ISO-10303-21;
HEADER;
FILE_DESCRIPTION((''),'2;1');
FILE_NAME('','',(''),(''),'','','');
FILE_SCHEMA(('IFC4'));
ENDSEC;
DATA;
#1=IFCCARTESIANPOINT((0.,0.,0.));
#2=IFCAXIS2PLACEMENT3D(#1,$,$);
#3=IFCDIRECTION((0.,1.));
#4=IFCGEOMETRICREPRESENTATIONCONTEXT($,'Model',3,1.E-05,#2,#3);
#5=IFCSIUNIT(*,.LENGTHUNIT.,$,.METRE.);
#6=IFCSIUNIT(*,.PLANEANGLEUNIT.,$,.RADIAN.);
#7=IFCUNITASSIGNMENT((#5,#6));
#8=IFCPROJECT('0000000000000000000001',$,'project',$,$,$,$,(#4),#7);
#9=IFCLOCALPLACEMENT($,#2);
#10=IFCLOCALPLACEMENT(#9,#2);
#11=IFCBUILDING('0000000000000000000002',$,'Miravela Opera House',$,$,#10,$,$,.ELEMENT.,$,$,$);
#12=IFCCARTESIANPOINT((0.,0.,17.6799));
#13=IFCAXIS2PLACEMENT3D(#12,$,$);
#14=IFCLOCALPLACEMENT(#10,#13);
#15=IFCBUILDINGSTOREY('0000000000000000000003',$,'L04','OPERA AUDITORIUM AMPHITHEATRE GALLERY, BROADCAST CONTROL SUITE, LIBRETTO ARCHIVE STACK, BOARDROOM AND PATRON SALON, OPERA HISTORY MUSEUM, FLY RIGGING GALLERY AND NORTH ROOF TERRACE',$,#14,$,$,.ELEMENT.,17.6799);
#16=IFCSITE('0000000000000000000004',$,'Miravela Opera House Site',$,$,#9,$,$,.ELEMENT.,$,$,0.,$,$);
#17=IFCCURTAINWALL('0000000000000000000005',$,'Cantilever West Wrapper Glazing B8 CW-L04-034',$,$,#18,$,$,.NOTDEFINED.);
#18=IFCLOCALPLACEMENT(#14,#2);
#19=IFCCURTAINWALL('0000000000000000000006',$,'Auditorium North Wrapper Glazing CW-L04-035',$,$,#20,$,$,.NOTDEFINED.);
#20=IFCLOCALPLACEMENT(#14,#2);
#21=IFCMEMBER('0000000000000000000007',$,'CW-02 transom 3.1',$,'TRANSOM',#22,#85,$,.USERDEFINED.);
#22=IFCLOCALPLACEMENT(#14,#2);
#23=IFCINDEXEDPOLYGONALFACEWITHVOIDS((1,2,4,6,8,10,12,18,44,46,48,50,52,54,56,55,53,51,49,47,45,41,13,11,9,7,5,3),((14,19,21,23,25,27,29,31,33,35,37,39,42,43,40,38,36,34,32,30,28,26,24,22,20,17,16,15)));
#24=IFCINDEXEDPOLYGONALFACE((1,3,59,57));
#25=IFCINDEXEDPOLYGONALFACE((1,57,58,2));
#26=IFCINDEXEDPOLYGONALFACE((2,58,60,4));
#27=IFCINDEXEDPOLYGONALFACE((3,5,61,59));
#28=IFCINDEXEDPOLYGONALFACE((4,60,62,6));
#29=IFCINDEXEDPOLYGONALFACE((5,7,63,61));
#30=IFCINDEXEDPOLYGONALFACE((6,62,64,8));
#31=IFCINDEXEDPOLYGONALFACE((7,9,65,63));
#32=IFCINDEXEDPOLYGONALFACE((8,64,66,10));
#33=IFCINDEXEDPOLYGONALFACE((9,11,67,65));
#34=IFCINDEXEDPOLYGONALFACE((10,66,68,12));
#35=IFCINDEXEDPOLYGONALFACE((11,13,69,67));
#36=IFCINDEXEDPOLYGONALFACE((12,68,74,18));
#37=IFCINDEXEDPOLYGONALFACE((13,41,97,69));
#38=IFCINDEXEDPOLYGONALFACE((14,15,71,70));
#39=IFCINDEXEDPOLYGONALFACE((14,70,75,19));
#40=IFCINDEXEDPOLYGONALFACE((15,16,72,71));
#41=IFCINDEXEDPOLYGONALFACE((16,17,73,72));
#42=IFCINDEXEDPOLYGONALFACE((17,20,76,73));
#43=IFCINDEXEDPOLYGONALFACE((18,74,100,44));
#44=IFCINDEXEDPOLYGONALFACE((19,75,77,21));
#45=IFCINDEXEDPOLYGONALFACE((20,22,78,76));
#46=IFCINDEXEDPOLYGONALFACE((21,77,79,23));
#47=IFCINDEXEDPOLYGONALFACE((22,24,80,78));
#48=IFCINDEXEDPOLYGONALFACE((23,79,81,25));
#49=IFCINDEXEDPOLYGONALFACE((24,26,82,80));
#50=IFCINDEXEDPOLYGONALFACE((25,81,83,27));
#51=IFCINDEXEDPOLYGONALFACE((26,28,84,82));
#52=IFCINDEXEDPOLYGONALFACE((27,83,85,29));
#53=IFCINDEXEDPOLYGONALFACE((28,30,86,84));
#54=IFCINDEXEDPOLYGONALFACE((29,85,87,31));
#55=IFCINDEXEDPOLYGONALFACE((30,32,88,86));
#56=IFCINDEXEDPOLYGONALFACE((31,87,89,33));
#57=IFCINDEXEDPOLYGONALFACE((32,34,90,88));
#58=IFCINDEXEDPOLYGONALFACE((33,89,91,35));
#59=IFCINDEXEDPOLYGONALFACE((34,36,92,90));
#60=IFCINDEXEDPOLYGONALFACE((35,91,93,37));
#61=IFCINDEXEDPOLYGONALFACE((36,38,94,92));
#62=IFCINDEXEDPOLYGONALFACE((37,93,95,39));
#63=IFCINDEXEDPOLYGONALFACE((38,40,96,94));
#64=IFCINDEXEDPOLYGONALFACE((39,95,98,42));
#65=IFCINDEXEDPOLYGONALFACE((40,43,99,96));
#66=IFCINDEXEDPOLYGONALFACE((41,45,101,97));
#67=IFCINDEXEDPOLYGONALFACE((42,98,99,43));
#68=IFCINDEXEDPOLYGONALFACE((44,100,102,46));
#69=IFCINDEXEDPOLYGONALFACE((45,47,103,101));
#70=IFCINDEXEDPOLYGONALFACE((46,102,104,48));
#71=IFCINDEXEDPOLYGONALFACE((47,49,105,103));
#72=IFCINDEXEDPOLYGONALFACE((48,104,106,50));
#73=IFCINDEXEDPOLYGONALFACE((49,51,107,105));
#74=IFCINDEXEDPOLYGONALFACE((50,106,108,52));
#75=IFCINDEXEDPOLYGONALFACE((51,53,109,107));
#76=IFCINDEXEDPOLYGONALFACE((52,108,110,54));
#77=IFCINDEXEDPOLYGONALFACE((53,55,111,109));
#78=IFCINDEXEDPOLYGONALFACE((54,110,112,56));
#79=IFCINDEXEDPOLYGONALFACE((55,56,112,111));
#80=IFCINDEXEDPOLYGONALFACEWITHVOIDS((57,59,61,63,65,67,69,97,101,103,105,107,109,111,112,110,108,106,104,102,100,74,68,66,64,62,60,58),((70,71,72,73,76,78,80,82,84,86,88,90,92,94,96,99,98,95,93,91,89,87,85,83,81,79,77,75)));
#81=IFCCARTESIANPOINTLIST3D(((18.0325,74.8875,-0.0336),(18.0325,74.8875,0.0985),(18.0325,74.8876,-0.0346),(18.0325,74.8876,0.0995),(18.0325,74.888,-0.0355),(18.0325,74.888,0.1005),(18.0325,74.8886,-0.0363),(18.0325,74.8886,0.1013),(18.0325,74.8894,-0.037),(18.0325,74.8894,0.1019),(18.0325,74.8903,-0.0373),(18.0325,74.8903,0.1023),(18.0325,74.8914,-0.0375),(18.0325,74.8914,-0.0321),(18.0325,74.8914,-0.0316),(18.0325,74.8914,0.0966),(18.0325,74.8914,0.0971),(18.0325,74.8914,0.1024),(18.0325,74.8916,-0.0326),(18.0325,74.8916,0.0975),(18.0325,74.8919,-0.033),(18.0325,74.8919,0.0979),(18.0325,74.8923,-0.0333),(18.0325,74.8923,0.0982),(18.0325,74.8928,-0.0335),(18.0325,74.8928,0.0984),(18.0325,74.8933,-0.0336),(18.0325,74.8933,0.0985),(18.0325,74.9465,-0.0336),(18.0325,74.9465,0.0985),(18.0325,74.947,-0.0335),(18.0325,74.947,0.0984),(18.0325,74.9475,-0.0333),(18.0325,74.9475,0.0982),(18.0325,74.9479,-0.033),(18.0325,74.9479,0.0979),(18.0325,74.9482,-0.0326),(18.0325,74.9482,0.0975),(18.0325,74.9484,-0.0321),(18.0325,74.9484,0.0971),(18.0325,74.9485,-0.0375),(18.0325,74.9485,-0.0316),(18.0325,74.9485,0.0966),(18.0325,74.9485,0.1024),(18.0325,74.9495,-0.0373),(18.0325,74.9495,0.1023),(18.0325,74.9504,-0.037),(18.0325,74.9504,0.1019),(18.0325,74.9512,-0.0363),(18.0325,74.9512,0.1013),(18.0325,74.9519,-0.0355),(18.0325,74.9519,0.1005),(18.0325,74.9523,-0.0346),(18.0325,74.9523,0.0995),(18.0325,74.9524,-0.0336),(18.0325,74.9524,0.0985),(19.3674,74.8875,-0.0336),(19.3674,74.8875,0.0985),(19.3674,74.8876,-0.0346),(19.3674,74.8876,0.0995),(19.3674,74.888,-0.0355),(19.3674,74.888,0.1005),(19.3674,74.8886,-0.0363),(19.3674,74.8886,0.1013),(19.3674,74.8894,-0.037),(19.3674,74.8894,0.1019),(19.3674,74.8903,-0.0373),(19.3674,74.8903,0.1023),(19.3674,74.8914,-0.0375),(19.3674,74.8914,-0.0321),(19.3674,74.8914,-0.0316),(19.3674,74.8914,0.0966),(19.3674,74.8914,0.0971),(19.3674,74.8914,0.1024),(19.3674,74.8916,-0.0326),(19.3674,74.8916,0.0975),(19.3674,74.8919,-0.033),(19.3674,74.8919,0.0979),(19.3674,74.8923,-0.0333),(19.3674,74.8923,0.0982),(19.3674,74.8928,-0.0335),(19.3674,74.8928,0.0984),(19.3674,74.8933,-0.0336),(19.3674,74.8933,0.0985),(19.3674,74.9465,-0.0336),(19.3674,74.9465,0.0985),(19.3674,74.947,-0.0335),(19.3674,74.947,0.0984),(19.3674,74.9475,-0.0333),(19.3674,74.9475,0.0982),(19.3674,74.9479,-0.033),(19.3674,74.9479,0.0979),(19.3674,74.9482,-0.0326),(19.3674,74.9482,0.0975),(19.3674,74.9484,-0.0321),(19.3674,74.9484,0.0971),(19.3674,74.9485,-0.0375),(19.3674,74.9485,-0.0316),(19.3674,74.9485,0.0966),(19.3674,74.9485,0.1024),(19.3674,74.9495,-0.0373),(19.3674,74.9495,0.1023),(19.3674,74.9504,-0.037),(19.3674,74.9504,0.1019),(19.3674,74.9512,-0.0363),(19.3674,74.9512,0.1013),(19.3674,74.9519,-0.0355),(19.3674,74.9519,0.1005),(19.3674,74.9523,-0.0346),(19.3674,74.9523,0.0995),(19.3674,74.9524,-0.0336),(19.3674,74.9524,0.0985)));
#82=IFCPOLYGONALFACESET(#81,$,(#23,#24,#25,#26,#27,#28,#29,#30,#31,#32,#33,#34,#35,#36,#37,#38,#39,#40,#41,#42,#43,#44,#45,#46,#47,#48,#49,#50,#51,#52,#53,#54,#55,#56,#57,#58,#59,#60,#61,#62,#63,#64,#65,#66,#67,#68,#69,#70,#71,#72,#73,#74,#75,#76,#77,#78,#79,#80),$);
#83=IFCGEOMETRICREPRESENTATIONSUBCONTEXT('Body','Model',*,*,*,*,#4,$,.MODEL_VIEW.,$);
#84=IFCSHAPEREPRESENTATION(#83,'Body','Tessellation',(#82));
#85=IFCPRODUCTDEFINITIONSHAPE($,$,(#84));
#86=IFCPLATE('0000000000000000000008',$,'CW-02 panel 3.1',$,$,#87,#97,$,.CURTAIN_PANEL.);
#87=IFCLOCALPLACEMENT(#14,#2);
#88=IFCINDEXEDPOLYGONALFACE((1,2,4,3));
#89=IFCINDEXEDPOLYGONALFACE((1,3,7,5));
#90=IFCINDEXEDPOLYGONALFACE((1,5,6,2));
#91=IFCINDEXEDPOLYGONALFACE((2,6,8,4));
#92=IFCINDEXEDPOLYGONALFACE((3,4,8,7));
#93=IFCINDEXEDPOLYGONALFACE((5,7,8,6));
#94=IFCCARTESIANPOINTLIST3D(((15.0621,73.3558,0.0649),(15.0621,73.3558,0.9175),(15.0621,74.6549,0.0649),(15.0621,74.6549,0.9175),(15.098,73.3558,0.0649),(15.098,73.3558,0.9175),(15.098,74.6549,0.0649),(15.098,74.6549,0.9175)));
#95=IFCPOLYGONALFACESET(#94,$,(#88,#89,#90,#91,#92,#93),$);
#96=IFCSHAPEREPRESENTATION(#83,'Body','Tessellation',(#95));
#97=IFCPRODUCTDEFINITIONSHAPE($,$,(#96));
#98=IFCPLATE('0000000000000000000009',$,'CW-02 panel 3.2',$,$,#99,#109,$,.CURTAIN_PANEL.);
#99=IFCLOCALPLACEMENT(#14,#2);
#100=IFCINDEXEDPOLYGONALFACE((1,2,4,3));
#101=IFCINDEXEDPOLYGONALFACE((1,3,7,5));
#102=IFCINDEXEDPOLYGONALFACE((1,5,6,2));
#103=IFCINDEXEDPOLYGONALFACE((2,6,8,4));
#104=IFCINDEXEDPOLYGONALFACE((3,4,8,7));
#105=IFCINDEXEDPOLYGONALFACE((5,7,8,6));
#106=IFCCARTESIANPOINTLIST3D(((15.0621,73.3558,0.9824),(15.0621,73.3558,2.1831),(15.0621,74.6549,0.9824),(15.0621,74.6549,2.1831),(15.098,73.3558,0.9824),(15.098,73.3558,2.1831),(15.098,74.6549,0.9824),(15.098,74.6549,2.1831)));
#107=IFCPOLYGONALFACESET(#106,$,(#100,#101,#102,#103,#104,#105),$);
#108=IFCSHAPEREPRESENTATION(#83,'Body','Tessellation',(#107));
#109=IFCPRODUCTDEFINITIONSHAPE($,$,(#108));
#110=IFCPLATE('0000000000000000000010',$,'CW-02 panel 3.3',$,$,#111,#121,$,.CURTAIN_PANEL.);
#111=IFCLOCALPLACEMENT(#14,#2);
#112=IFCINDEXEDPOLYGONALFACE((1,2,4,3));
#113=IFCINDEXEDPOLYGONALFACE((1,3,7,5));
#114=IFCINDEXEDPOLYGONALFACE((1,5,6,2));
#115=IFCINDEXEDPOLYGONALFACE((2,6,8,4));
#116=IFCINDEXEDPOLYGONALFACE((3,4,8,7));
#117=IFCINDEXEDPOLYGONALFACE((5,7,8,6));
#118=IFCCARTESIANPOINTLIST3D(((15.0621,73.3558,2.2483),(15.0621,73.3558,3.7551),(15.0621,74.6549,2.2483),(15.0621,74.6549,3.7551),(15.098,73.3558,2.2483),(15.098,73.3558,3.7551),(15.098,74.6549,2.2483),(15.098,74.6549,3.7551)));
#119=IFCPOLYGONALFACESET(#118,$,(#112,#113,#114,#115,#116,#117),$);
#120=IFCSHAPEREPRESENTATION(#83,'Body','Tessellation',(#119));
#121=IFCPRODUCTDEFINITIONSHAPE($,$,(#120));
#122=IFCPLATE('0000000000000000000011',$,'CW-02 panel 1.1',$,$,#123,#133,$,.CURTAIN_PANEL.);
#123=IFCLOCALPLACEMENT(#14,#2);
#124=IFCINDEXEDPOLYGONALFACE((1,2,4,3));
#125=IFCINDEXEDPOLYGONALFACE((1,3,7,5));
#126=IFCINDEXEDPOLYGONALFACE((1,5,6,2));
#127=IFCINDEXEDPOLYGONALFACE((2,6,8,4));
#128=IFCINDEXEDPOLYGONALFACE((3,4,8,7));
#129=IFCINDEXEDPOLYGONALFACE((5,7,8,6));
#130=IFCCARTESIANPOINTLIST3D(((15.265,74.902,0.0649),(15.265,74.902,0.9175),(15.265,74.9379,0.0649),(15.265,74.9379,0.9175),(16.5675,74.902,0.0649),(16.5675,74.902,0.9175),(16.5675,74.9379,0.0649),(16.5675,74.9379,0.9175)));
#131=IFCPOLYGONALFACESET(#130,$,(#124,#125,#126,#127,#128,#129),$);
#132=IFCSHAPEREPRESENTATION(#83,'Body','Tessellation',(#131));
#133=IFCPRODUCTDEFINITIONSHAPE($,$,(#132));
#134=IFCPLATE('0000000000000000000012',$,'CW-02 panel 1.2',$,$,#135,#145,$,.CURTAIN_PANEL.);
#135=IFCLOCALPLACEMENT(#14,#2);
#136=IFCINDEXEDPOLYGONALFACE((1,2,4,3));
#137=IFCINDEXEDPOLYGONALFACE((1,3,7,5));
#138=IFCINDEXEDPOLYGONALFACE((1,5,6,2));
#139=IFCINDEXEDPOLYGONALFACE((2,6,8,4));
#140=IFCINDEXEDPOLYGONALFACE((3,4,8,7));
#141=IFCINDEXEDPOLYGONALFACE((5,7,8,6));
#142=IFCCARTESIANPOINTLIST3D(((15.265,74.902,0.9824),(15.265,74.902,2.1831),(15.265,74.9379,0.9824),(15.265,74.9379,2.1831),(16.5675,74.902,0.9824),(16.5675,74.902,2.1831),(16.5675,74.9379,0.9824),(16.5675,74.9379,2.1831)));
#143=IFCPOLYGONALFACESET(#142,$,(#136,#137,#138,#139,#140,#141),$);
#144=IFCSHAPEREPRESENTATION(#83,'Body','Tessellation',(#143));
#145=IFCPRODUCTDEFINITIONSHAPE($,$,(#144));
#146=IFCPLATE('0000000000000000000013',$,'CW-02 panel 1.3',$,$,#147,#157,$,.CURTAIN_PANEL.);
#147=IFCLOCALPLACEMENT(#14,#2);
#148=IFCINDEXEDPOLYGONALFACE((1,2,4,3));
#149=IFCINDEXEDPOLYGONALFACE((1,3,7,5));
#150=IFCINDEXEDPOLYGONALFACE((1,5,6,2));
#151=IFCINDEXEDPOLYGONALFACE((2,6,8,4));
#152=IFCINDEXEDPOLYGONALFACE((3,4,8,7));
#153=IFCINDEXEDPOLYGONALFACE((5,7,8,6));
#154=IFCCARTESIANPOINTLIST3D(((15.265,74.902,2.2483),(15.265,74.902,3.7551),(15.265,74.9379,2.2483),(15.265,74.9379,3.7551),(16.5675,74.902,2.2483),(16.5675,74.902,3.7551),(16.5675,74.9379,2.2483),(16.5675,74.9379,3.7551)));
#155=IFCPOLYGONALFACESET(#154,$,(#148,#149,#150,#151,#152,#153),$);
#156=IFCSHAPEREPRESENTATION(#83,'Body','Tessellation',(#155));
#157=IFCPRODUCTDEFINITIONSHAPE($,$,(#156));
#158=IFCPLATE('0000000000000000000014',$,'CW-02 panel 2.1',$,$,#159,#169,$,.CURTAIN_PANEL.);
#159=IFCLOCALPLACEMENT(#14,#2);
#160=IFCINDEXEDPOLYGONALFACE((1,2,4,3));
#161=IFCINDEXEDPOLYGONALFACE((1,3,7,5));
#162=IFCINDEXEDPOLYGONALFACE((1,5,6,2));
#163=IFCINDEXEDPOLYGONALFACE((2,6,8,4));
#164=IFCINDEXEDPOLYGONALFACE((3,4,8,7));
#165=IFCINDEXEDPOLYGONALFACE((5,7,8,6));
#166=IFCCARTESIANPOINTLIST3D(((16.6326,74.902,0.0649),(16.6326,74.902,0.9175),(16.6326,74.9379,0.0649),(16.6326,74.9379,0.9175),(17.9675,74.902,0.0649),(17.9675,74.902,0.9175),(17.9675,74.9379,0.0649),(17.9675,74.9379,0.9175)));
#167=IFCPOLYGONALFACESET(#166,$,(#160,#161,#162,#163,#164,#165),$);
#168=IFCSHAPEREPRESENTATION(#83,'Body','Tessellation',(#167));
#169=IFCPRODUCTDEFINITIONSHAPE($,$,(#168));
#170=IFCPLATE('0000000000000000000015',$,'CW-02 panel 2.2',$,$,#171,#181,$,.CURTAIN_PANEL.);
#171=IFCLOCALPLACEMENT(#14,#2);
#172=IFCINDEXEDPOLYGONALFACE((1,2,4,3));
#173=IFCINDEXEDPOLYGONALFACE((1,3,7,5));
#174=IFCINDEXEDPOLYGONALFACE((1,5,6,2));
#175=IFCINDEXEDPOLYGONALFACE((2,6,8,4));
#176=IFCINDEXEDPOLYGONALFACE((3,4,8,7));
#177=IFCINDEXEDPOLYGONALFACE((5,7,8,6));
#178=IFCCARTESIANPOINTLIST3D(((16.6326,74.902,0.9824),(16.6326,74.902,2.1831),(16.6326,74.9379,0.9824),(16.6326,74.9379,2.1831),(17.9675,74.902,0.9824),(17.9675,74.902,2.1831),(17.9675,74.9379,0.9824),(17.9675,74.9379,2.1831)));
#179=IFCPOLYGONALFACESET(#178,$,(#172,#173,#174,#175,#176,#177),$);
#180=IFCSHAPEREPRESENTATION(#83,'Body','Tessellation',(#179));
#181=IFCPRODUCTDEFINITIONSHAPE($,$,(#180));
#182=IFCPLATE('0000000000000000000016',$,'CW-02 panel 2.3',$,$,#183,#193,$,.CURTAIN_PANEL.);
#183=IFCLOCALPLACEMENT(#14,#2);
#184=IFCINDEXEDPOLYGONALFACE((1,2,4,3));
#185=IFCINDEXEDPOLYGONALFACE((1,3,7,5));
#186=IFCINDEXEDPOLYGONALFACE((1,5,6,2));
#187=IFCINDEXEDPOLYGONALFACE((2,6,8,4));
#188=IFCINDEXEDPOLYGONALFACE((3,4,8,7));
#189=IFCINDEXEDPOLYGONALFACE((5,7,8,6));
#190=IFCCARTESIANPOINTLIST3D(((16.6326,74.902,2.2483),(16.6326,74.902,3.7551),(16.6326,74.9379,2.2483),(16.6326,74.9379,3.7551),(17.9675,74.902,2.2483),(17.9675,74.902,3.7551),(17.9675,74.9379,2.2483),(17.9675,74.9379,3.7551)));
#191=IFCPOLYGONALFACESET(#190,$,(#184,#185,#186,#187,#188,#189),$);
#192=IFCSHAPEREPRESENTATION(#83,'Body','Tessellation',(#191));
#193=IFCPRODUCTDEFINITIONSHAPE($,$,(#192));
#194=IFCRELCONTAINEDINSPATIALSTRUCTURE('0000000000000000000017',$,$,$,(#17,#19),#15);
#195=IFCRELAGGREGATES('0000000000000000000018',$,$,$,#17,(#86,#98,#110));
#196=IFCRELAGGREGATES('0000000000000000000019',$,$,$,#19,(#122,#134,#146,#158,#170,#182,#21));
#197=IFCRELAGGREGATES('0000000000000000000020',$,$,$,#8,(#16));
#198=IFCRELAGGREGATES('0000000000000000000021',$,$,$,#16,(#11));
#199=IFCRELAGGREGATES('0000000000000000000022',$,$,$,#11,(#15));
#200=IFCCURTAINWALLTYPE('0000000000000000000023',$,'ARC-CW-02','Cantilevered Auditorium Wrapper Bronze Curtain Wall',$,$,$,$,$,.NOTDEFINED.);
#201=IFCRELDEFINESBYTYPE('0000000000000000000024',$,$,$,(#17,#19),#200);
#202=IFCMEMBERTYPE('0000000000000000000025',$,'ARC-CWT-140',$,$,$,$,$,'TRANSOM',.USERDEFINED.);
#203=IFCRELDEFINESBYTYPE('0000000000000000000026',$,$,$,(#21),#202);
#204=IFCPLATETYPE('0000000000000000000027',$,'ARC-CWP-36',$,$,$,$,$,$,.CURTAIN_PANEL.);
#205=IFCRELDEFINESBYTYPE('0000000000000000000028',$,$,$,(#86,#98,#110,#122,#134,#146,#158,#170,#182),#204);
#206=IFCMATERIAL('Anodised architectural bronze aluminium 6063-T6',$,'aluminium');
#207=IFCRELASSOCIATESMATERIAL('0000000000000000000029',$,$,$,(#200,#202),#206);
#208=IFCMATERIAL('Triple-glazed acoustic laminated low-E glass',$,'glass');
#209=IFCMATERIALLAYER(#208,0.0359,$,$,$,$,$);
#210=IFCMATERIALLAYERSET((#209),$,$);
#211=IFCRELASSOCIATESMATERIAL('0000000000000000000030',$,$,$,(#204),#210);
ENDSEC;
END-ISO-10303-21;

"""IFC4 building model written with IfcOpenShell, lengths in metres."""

from ifc_helpers import new_model, si_unit, direction, frame, origin, origin_2d, place, context, subcontext, project, spatial, rectangle, hollow_rectangle, extrude, material, layer, layer_set, material_profile, profile_set, type_object, element, aggregate, save


model = new_model("IFC4")

# Units and contexts
model_context = context("Model", 3, precision=1e-05, world=origin(), true_north=direction((0.0, 1.0)))
body_context = subcontext(model_context, "Body", "Model", "MODEL_VIEW")
ifc_project = project(units=[si_unit("LENGTHUNIT", "METRE"), si_unit("PLANEANGLEUNIT", "RADIAN")], contexts=[model_context])

# Site, building, storey
site_placement = place(None, origin())
site = spatial("IfcSite", under=ifc_project, at=site_placement, Name="Miravela Opera House Site", CompositionType="ELEMENT", RefElevation=0.0)
building_placement = place(site_placement, origin())
building = spatial("IfcBuilding", under=site, at=building_placement, Name="Miravela Opera House", CompositionType="ELEMENT")
storey_placement = place(building_placement, frame((0.0, 0.0, 17.6799)))
storey = spatial("IfcBuildingStorey", under=building, at=storey_placement, Name="L04", Description="OPERA AUDITORIUM AMPHITHEATRE GALLERY, BROADCAST CONTROL SUITE, LIBRETTO ARCHIVE STACK, BOARDROOM AND PATRON SALON, OPERA HISTORY MUSEUM, FLY RIGGING GALLERY AND NORTH ROOF TERRACE", CompositionType="ELEMENT", Elevation=17.6799)

# Curtain wall
ifc_material_1 = material(Name="Anodised architectural bronze aluminium 6063-T6", Category="aluminium")
curtain_wall_type = type_object("IfcCurtainWallType", Name="ARC-CW-02", Description="Cantilevered Auditorium Wrapper Bronze Curtain Wall", PredefinedType="NOTDEFINED", material=ifc_material_1)
curtain_wall_1_placement = place(storey_placement, origin())
curtain_wall_1 = element("IfcCurtainWall", 1, at=curtain_wall_1_placement, inside=storey, type_object=curtain_wall_type, Name="Cantilever West Wrapper Glazing B8 CW-L04-034", PredefinedType="NOTDEFINED")

# Curtain wall
curtain_wall_2_placement = place(storey_placement, origin())
curtain_wall_2 = element("IfcCurtainWall", 2, at=curtain_wall_2_placement, inside=storey, type_object=curtain_wall_type, Name="Auditorium North Wrapper Glazing CW-L04-035", PredefinedType="NOTDEFINED")

# Member
ifc_material_profile_1 = material_profile(ifc_material_1, hollow_rectangle(XDim=0.0649, YDim=0.1399, WallThickness=0.0039, InnerFilletRadius=0.002, OuterFilletRadius=0.0039, at=origin_2d()), Name="CWT-65X140")
ifc_profile_set_1 = profile_set([ifc_material_profile_1])
member_type_1 = type_object("IfcMemberType", Name="ARC-CWT-140", ElementType="TRANSOM", PredefinedType="USERDEFINED", material=ifc_profile_set_1)
member_1_placement = place(storey_placement, frame((18.0325, 74.9199, 0.0325), z_axis=(1.0, 0.0, 0.0), x_axis=(0.0, 1.0, 0.0)))
member_1 = element("IfcMember", 3, at=member_1_placement, type_object=member_type_1, Name="CW-02 transom 3.1", ObjectType="TRANSOM", PredefinedType="USERDEFINED", context=body_context, shape_type="SweptSolid", body=[
    extrude(hollow_rectangle(XDim=0.0649, YDim=0.1399, WallThickness=0.0039, InnerFilletRadius=0.002, OuterFilletRadius=0.0039, at=origin_2d()), origin(), (0.0, 0.0, 1.0), 1.335),
])

# Plates
ifc_material_2 = material(Name="Triple-glazed acoustic laminated low-E glass", Category="glass")
ifc_layer = layer(ifc_material_2, 0.0359)
ifc_layer_set = layer_set([ifc_layer])
plate_type = type_object("IfcPlateType", Name="ARC-CWP-36", PredefinedType="CURTAIN_PANEL", material=ifc_layer_set)
plate_1_placement = place(storey_placement, frame((15.0801, 74.0054, 0.0649), z_axis=(0.0, 0.0, 1.0), x_axis=(0.0, 1.0, 0.0)))
plate_1 = element("IfcPlate", 4, at=plate_1_placement, type_object=plate_type, Name="CW-02 panel 3.1", PredefinedType="CURTAIN_PANEL", context=body_context, shape_type="SweptSolid", body=[
    extrude(rectangle(XDim=1.2991, YDim=0.0359, at=origin_2d()), origin(), (0.0, 0.0, 1.0), 0.8525),
])
plate_2_placement = place(storey_placement, frame((15.0801, 74.0054, 0.9824), z_axis=(0.0, 0.0, 1.0), x_axis=(0.0, 1.0, 0.0)))
plate_2 = element("IfcPlate", 5, at=plate_2_placement, type_object=plate_type, Name="CW-02 panel 3.2", PredefinedType="CURTAIN_PANEL", context=body_context, shape_type="SweptSolid", body=[
    extrude(rectangle(XDim=1.2991, YDim=0.0359, at=origin_2d()), origin(), (0.0, 0.0, 1.0), 1.2007),
])
plate_3_placement = place(storey_placement, frame((15.0801, 74.0054, 2.2483), z_axis=(0.0, 0.0, 1.0), x_axis=(0.0, 1.0, 0.0)))
plate_3 = element("IfcPlate", 6, at=plate_3_placement, type_object=plate_type, Name="CW-02 panel 3.3", PredefinedType="CURTAIN_PANEL", context=body_context, shape_type="SweptSolid", body=[
    extrude(rectangle(XDim=1.2991, YDim=0.0359, at=origin_2d()), origin(), (0.0, 0.0, 1.0), 1.5068),
])
aggregate(curtain_wall_1, [plate_1, plate_2, plate_3])
plate_4_placement = place(storey_placement, frame((15.9163, 74.9199, 0.0649), z_axis=(0.0, 0.0, 1.0), x_axis=(1.0, 0.0, 0.0)))
plate_4 = element("IfcPlate", 7, at=plate_4_placement, type_object=plate_type, Name="CW-02 panel 1.1", PredefinedType="CURTAIN_PANEL", context=body_context, shape_type="SweptSolid", body=[
    extrude(rectangle(XDim=1.3025, YDim=0.0359, at=origin_2d()), origin(), (0.0, 0.0, 1.0), 0.8525),
])
plate_5_placement = place(storey_placement, frame((15.9163, 74.9199, 0.9824), z_axis=(0.0, 0.0, 1.0), x_axis=(1.0, 0.0, 0.0)))
plate_5 = element("IfcPlate", 8, at=plate_5_placement, type_object=plate_type, Name="CW-02 panel 1.2", PredefinedType="CURTAIN_PANEL", context=body_context, shape_type="SweptSolid", body=[
    extrude(rectangle(XDim=1.3025, YDim=0.0359, at=origin_2d()), origin(), (0.0, 0.0, 1.0), 1.2007),
])
plate_6_placement = place(storey_placement, frame((15.9163, 74.9199, 2.2483), z_axis=(0.0, 0.0, 1.0), x_axis=(1.0, 0.0, 0.0)))
plate_6 = element("IfcPlate", 9, at=plate_6_placement, type_object=plate_type, Name="CW-02 panel 1.3", PredefinedType="CURTAIN_PANEL", context=body_context, shape_type="SweptSolid", body=[
    extrude(rectangle(XDim=1.3025, YDim=0.0359, at=origin_2d()), origin(), (0.0, 0.0, 1.0), 1.5068),
])
plate_7_placement = place(storey_placement, frame((17.3, 74.9199, 0.0649), z_axis=(0.0, 0.0, 1.0), x_axis=(1.0, 0.0, 0.0)))
plate_7 = element("IfcPlate", 10, at=plate_7_placement, type_object=plate_type, Name="CW-02 panel 2.1", PredefinedType="CURTAIN_PANEL", context=body_context, shape_type="SweptSolid", body=[
    extrude(rectangle(XDim=1.335, YDim=0.0359, at=origin_2d()), origin(), (0.0, 0.0, 1.0), 0.8525),
])
plate_8_placement = place(storey_placement, frame((17.3, 74.9199, 0.9824), z_axis=(0.0, 0.0, 1.0), x_axis=(1.0, 0.0, 0.0)))
plate_8 = element("IfcPlate", 11, at=plate_8_placement, type_object=plate_type, Name="CW-02 panel 2.2", PredefinedType="CURTAIN_PANEL", context=body_context, shape_type="SweptSolid", body=[
    extrude(rectangle(XDim=1.335, YDim=0.0359, at=origin_2d()), origin(), (0.0, 0.0, 1.0), 1.2007),
])
plate_9_placement = place(storey_placement, frame((17.3, 74.9199, 2.2483), z_axis=(0.0, 0.0, 1.0), x_axis=(1.0, 0.0, 0.0)))
plate_9 = element("IfcPlate", 12, at=plate_9_placement, type_object=plate_type, Name="CW-02 panel 2.3", PredefinedType="CURTAIN_PANEL", context=body_context, shape_type="SweptSolid", body=[
    extrude(rectangle(XDim=1.335, YDim=0.0359, at=origin_2d()), origin(), (0.0, 0.0, 1.0), 1.5068),
])
aggregate(curtain_wall_2, [plate_4, plate_5, plate_6, plate_7, plate_8, plate_9, member_1])

save(model, "model.ifc")
